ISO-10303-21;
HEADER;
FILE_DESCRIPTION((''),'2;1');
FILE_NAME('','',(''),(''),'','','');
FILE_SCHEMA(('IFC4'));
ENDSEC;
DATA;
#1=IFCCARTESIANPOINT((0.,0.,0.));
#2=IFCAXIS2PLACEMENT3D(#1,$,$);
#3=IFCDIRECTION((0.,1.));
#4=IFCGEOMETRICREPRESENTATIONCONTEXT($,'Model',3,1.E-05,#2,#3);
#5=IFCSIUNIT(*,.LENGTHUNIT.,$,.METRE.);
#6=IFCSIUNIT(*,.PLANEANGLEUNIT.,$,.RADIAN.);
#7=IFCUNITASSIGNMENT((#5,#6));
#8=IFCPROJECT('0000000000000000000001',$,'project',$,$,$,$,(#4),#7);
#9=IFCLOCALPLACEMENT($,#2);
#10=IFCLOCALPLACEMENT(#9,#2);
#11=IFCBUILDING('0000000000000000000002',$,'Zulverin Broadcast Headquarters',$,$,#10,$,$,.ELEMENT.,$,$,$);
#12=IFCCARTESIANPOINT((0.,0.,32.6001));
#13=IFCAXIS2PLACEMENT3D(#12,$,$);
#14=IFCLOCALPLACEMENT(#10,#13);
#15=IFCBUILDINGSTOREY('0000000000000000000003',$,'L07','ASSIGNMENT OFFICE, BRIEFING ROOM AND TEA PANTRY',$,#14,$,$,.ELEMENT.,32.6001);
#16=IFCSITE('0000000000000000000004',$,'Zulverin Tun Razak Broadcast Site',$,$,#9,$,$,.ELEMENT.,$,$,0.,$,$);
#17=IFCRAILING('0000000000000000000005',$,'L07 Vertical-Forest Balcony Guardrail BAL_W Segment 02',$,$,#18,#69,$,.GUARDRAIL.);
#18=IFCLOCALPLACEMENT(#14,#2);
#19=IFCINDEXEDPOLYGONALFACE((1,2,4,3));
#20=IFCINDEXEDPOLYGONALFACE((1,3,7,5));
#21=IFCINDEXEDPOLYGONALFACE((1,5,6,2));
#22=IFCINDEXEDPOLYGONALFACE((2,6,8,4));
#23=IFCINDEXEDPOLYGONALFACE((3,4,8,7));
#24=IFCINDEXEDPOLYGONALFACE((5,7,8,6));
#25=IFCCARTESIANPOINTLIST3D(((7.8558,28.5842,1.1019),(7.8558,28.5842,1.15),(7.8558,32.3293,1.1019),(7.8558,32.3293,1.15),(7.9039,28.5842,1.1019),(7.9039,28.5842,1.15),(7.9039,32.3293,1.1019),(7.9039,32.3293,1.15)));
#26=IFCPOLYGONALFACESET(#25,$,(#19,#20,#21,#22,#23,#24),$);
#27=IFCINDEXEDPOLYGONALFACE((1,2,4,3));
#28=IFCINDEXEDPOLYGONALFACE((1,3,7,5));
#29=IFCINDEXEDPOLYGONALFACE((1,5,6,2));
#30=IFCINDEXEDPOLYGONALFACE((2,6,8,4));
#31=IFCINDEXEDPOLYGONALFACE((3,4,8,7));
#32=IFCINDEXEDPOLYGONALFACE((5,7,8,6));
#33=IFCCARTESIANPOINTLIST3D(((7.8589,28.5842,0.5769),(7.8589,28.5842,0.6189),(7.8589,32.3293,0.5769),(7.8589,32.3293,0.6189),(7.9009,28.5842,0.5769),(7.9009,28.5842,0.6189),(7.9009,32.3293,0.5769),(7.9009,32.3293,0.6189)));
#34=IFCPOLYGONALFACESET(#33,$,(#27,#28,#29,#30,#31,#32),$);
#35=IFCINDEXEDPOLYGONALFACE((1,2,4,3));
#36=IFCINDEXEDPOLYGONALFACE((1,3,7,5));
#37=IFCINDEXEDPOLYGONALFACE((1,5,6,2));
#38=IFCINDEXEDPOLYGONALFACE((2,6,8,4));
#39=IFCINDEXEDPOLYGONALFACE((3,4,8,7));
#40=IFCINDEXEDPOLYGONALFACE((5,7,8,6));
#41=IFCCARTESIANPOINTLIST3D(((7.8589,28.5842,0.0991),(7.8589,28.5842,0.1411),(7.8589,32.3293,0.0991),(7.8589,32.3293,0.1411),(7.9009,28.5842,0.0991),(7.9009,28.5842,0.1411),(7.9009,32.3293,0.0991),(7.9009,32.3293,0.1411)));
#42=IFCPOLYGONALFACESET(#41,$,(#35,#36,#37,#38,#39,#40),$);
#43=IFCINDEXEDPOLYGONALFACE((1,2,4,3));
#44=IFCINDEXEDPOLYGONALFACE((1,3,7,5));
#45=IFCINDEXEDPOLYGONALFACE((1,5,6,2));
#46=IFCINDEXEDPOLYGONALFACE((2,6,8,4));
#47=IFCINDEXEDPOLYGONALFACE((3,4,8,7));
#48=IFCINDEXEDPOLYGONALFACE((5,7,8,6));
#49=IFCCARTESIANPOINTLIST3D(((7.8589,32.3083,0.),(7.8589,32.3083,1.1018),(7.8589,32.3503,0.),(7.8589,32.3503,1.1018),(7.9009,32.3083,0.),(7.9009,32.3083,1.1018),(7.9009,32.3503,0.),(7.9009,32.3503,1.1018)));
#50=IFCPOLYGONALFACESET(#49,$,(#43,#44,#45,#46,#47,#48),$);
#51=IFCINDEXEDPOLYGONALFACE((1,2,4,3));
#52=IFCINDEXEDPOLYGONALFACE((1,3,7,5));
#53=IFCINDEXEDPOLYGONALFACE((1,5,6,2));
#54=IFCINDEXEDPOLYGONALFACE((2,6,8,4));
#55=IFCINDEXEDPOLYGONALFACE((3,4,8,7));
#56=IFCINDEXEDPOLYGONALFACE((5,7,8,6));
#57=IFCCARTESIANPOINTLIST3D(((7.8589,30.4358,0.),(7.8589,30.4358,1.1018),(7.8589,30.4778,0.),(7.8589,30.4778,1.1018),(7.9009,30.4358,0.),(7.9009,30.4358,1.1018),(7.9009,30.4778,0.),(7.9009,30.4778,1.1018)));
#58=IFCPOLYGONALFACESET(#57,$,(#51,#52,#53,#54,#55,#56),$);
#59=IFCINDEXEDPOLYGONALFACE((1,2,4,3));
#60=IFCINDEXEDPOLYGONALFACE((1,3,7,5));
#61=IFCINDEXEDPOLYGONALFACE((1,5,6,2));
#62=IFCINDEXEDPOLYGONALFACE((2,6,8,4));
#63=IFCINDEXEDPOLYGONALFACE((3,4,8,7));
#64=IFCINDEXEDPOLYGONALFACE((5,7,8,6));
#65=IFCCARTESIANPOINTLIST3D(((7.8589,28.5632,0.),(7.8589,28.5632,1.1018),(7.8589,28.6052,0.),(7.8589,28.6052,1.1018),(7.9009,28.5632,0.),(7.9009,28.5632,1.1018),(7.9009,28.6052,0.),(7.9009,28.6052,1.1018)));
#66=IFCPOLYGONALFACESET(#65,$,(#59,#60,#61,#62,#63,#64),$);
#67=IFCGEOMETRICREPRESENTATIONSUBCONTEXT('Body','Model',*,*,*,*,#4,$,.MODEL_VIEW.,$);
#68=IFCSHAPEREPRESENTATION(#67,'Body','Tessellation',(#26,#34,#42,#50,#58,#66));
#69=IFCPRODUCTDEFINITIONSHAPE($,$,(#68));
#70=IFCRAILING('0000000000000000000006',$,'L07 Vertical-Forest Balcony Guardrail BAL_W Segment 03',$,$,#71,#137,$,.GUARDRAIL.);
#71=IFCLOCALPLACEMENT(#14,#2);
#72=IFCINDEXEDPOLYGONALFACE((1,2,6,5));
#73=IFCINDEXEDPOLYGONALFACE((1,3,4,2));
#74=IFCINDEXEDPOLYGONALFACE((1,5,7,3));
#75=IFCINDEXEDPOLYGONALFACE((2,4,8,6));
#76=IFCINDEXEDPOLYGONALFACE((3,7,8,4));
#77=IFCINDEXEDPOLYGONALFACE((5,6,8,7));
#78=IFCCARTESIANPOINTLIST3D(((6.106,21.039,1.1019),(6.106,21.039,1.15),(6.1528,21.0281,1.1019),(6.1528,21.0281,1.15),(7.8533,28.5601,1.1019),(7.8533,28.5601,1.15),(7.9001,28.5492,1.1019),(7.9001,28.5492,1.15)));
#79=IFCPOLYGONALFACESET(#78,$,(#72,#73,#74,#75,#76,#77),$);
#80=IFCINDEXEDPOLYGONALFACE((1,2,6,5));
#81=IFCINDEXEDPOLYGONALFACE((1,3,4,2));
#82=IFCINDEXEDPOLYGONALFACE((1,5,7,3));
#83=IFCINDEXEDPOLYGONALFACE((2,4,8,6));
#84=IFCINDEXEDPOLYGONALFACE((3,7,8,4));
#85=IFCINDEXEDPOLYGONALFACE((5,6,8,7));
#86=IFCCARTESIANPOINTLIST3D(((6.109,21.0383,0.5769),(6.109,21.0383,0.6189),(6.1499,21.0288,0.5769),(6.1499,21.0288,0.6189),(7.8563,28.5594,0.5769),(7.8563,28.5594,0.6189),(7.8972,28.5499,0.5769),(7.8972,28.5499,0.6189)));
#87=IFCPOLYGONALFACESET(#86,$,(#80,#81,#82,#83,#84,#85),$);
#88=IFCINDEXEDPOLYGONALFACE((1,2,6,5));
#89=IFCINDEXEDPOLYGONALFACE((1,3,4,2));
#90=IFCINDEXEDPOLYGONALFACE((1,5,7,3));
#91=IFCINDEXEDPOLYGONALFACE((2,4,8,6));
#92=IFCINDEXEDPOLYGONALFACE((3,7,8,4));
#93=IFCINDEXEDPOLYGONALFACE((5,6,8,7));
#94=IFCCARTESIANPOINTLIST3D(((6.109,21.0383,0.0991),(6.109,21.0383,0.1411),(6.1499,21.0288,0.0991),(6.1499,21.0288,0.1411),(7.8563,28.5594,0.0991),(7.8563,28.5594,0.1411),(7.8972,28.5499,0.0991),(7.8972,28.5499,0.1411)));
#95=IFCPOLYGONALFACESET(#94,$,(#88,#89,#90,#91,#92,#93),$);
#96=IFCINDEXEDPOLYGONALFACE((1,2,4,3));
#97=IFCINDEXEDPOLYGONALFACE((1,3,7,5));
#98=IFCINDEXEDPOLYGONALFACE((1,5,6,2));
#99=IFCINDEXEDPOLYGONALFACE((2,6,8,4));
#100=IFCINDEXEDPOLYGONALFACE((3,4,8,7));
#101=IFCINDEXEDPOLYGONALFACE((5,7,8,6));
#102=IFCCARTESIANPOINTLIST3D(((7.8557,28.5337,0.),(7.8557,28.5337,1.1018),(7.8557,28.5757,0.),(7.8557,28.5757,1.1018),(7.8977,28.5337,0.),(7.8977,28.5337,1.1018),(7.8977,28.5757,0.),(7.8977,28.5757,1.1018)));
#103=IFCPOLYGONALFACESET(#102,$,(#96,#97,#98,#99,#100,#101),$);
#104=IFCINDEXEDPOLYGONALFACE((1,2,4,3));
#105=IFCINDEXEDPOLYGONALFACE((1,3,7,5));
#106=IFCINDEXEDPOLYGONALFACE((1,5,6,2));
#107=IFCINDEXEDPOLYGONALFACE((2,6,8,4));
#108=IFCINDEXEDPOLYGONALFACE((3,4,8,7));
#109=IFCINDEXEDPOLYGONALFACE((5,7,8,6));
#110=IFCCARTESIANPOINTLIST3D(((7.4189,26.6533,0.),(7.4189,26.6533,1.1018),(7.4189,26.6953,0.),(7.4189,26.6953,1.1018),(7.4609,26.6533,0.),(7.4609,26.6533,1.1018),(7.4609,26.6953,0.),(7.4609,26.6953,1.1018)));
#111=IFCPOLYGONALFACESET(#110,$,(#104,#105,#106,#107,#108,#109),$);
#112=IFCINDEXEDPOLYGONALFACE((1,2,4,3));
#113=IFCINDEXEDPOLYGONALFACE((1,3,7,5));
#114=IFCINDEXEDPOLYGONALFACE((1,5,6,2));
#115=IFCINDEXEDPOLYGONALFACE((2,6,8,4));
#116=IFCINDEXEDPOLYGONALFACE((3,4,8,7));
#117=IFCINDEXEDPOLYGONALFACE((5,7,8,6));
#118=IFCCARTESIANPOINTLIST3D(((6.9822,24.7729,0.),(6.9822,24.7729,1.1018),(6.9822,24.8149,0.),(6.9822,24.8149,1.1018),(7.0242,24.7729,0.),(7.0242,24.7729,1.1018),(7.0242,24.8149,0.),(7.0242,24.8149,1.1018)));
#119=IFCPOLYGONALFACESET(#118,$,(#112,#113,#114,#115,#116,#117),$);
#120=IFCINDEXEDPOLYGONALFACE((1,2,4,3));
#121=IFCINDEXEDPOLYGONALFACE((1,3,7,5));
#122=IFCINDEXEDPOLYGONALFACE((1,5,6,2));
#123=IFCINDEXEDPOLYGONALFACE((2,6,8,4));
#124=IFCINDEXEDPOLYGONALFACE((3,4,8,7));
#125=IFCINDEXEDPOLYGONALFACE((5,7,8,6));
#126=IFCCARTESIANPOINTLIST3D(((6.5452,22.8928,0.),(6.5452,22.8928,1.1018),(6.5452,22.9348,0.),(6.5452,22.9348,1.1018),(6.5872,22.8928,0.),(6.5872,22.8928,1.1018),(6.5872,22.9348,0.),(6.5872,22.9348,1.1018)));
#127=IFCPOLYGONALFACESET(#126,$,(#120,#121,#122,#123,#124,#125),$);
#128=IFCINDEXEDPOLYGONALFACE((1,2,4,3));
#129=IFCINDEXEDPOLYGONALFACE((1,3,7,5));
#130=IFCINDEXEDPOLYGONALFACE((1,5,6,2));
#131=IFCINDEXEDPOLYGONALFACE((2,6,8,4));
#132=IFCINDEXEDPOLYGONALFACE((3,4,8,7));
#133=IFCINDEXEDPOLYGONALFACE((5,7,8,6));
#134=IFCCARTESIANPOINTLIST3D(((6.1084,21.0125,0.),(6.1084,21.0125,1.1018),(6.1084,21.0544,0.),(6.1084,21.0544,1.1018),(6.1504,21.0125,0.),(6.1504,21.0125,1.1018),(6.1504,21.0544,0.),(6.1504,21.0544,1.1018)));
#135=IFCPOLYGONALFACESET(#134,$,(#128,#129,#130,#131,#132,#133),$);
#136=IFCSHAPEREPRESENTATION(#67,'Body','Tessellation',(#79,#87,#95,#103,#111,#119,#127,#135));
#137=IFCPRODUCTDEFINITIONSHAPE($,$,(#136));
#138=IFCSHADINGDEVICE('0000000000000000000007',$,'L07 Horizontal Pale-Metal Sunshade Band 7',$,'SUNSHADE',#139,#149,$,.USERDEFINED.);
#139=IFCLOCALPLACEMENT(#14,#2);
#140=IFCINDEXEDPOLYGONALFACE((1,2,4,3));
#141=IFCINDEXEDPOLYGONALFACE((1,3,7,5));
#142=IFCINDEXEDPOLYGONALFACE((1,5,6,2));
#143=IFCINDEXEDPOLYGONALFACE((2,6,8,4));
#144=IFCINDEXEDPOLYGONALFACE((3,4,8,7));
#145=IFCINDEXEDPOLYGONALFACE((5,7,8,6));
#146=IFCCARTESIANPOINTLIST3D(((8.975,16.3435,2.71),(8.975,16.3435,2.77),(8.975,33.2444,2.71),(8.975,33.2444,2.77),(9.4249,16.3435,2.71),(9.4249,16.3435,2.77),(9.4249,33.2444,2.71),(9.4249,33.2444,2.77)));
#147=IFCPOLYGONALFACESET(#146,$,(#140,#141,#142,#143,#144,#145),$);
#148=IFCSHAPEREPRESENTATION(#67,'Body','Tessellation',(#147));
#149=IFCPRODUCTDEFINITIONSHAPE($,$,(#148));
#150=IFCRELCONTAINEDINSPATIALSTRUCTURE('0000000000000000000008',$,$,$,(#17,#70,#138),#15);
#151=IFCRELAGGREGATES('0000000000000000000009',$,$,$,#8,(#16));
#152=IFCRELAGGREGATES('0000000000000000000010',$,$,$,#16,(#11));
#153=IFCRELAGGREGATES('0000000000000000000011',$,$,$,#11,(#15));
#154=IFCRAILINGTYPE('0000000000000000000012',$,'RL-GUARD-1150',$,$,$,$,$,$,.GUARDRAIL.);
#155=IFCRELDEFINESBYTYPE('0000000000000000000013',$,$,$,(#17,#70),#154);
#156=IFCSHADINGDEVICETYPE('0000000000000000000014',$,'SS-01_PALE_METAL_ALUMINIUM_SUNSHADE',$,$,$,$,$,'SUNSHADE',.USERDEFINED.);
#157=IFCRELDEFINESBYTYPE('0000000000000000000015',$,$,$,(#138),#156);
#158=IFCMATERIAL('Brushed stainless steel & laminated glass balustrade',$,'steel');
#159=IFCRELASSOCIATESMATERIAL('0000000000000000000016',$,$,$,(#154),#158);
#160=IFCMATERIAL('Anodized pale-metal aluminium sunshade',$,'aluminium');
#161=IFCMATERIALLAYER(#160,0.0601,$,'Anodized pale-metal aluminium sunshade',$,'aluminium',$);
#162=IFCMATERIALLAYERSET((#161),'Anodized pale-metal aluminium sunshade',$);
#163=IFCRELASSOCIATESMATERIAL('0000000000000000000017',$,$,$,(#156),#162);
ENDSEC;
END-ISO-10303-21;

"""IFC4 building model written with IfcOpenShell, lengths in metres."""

from ifc_helpers import new_model, si_unit, direction, frame, origin, origin_2d, place, context, subcontext, project, spatial, rectangle, extrude, material, layer, layer_set, type_object, element, save


model = new_model("IFC4")

# Units and contexts
model_context = context("Model", 3, precision=1e-05, world=origin(), true_north=direction((0.0, 1.0)))
body_context = subcontext(model_context, "Body", "Model", "MODEL_VIEW")
ifc_project = project(units=[si_unit("LENGTHUNIT", "METRE"), si_unit("PLANEANGLEUNIT", "RADIAN")], contexts=[model_context])

# Site, building, storey
site_placement = place(None, origin())
site = spatial("IfcSite", under=ifc_project, at=site_placement, Name="Zulverin Tun Razak Broadcast Site", CompositionType="ELEMENT", RefElevation=0.0)
building_placement = place(site_placement, origin())
building = spatial("IfcBuilding", under=site, at=building_placement, Name="Zulverin Broadcast Headquarters", CompositionType="ELEMENT")
storey_placement = place(building_placement, frame((0.0, 0.0, 32.6001)))
storey = spatial("IfcBuildingStorey", under=building, at=storey_placement, Name="L07", Description="ASSIGNMENT OFFICE, BRIEFING ROOM AND TEA PANTRY", CompositionType="ELEMENT", Elevation=32.6001)

# Railings
ifc_material_1 = material(Name="Brushed stainless steel & laminated glass balustrade", Category="steel")
railing_type = type_object("IfcRailingType", Name="RL-GUARD-1150", PredefinedType="GUARDRAIL", material=ifc_material_1)
railing_1_placement = place(storey_placement, frame((7.8799, 32.3293, 0.0)))
element("IfcRailing", 1, at=railing_1_placement, inside=storey, type_object=railing_type, Name="L07 Vertical-Forest Balcony Guardrail BAL_W Segment 02", PredefinedType="GUARDRAIL", context=body_context, shape_type="SweptSolid", body=[
    extrude(rectangle(XDim=0.0481, YDim=0.0481, at=origin_2d()), frame((0.0, 0.0, 1.126), z_axis=(0.0, -1.0, 0.0), x_axis=(1.0, 0.0, 0.0)), (0.0, 0.0, 1.0), 3.7451),
    extrude(rectangle(XDim=0.042, YDim=0.042, at=origin_2d()), frame((0.0, 0.0, 0.5979), z_axis=(0.0, -1.0, 0.0), x_axis=(1.0, 0.0, 0.0)), (0.0, 0.0, 1.0), 3.7451),
    extrude(rectangle(XDim=0.042, YDim=0.042, at=origin_2d()), frame((0.0, 0.0, 0.1201), z_axis=(0.0, -1.0, 0.0), x_axis=(1.0, 0.0, 0.0)), (0.0, 0.0, 1.0), 3.7451),
    extrude(rectangle(XDim=0.042, YDim=0.042, at=origin_2d()), origin(), (0.0, 0.0, 1.0), 1.1018),
    extrude(rectangle(XDim=0.042, YDim=0.042, at=origin_2d()), frame((0.0, -1.8726, 0.0)), (0.0, 0.0, 1.0), 1.1018),
    extrude(rectangle(XDim=0.042, YDim=0.042, at=origin_2d()), frame((0.0, -3.7451, 0.0)), (0.0, 0.0, 1.0), 1.1018),
])
railing_2_placement = place(storey_placement, frame((7.8767, 28.5547, 0.0)))
element("IfcRailing", 2, at=railing_2_placement, inside=storey, type_object=railing_type, Name="L07 Vertical-Forest Balcony Guardrail BAL_W Segment 03", PredefinedType="GUARDRAIL", context=body_context, shape_type="SweptSolid", body=[
    extrude(rectangle(XDim=0.0481, YDim=0.0481, at=origin_2d()), frame((0.0, 0.0, 1.126), z_axis=(-0.226291, -0.97406, 0.0), x_axis=(0.97406, -0.226291, 0.0)), (0.0, 0.0, 1.0), 7.7214),
    extrude(rectangle(XDim=0.042, YDim=0.042, at=origin_2d()), frame((0.0, 0.0, 0.5979), z_axis=(-0.226291, -0.97406, 0.0), x_axis=(0.97406, -0.226291, 0.0)), (0.0, 0.0, 1.0), 7.7214),
    extrude(rectangle(XDim=0.042, YDim=0.042, at=origin_2d()), frame((0.0, 0.0, 0.1201), z_axis=(-0.226291, -0.97406, 0.0), x_axis=(0.97406, -0.226291, 0.0)), (0.0, 0.0, 1.0), 7.7214),
    extrude(rectangle(XDim=0.042, YDim=0.042, at=origin_2d()), origin(), (0.0, 0.0, 1.0), 1.1018),
    extrude(rectangle(XDim=0.042, YDim=0.042, at=origin_2d()), frame((-0.4368, -1.8804, 0.0)), (0.0, 0.0, 1.0), 1.1018),
    extrude(rectangle(XDim=0.042, YDim=0.042, at=origin_2d()), frame((-0.8735, -3.7607, 0.0)), (0.0, 0.0, 1.0), 1.1018),
    extrude(rectangle(XDim=0.042, YDim=0.042, at=origin_2d()), frame((-1.3105, -5.6409, 0.0)), (0.0, 0.0, 1.0), 1.1018),
    extrude(rectangle(XDim=0.042, YDim=0.042, at=origin_2d()), frame((-1.7473, -7.5212, 0.0)), (0.0, 0.0, 1.0), 1.1018),
])

# Shading device
ifc_material_2 = material(Name="Anodized pale-metal aluminium sunshade", Category="aluminium")
ifc_layer_1 = layer(ifc_material_2, 0.0601, Name="Anodized pale-metal aluminium sunshade", Category="aluminium")
ifc_layer_set_1 = layer_set([ifc_layer_1], Name="Anodized pale-metal aluminium sunshade")
shading_device_type = type_object("IfcShadingDeviceType", Name="SS-01_PALE_METAL_ALUMINIUM_SUNSHADE", ElementType="SUNSHADE", PredefinedType="USERDEFINED", material=ifc_layer_set_1)
shading_device_placement = place(storey_placement, frame((9.2, 24.7939, 2.71), z_axis=(0.0, 0.0, 1.0), x_axis=(0.0, -1.0, 0.0)))
element("IfcShadingDevice", 3, at=shading_device_placement, inside=storey, type_object=shading_device_type, Name="L07 Horizontal Pale-Metal Sunshade Band 7", ObjectType="SUNSHADE", PredefinedType="USERDEFINED", context=body_context, shape_type="SweptSolid", body=[
    extrude(rectangle(XDim=16.9009, YDim=0.45, at=origin_2d()), origin(), (0.0, 0.0, 1.0), 0.0601),
])

save(model, "model.ifc")
